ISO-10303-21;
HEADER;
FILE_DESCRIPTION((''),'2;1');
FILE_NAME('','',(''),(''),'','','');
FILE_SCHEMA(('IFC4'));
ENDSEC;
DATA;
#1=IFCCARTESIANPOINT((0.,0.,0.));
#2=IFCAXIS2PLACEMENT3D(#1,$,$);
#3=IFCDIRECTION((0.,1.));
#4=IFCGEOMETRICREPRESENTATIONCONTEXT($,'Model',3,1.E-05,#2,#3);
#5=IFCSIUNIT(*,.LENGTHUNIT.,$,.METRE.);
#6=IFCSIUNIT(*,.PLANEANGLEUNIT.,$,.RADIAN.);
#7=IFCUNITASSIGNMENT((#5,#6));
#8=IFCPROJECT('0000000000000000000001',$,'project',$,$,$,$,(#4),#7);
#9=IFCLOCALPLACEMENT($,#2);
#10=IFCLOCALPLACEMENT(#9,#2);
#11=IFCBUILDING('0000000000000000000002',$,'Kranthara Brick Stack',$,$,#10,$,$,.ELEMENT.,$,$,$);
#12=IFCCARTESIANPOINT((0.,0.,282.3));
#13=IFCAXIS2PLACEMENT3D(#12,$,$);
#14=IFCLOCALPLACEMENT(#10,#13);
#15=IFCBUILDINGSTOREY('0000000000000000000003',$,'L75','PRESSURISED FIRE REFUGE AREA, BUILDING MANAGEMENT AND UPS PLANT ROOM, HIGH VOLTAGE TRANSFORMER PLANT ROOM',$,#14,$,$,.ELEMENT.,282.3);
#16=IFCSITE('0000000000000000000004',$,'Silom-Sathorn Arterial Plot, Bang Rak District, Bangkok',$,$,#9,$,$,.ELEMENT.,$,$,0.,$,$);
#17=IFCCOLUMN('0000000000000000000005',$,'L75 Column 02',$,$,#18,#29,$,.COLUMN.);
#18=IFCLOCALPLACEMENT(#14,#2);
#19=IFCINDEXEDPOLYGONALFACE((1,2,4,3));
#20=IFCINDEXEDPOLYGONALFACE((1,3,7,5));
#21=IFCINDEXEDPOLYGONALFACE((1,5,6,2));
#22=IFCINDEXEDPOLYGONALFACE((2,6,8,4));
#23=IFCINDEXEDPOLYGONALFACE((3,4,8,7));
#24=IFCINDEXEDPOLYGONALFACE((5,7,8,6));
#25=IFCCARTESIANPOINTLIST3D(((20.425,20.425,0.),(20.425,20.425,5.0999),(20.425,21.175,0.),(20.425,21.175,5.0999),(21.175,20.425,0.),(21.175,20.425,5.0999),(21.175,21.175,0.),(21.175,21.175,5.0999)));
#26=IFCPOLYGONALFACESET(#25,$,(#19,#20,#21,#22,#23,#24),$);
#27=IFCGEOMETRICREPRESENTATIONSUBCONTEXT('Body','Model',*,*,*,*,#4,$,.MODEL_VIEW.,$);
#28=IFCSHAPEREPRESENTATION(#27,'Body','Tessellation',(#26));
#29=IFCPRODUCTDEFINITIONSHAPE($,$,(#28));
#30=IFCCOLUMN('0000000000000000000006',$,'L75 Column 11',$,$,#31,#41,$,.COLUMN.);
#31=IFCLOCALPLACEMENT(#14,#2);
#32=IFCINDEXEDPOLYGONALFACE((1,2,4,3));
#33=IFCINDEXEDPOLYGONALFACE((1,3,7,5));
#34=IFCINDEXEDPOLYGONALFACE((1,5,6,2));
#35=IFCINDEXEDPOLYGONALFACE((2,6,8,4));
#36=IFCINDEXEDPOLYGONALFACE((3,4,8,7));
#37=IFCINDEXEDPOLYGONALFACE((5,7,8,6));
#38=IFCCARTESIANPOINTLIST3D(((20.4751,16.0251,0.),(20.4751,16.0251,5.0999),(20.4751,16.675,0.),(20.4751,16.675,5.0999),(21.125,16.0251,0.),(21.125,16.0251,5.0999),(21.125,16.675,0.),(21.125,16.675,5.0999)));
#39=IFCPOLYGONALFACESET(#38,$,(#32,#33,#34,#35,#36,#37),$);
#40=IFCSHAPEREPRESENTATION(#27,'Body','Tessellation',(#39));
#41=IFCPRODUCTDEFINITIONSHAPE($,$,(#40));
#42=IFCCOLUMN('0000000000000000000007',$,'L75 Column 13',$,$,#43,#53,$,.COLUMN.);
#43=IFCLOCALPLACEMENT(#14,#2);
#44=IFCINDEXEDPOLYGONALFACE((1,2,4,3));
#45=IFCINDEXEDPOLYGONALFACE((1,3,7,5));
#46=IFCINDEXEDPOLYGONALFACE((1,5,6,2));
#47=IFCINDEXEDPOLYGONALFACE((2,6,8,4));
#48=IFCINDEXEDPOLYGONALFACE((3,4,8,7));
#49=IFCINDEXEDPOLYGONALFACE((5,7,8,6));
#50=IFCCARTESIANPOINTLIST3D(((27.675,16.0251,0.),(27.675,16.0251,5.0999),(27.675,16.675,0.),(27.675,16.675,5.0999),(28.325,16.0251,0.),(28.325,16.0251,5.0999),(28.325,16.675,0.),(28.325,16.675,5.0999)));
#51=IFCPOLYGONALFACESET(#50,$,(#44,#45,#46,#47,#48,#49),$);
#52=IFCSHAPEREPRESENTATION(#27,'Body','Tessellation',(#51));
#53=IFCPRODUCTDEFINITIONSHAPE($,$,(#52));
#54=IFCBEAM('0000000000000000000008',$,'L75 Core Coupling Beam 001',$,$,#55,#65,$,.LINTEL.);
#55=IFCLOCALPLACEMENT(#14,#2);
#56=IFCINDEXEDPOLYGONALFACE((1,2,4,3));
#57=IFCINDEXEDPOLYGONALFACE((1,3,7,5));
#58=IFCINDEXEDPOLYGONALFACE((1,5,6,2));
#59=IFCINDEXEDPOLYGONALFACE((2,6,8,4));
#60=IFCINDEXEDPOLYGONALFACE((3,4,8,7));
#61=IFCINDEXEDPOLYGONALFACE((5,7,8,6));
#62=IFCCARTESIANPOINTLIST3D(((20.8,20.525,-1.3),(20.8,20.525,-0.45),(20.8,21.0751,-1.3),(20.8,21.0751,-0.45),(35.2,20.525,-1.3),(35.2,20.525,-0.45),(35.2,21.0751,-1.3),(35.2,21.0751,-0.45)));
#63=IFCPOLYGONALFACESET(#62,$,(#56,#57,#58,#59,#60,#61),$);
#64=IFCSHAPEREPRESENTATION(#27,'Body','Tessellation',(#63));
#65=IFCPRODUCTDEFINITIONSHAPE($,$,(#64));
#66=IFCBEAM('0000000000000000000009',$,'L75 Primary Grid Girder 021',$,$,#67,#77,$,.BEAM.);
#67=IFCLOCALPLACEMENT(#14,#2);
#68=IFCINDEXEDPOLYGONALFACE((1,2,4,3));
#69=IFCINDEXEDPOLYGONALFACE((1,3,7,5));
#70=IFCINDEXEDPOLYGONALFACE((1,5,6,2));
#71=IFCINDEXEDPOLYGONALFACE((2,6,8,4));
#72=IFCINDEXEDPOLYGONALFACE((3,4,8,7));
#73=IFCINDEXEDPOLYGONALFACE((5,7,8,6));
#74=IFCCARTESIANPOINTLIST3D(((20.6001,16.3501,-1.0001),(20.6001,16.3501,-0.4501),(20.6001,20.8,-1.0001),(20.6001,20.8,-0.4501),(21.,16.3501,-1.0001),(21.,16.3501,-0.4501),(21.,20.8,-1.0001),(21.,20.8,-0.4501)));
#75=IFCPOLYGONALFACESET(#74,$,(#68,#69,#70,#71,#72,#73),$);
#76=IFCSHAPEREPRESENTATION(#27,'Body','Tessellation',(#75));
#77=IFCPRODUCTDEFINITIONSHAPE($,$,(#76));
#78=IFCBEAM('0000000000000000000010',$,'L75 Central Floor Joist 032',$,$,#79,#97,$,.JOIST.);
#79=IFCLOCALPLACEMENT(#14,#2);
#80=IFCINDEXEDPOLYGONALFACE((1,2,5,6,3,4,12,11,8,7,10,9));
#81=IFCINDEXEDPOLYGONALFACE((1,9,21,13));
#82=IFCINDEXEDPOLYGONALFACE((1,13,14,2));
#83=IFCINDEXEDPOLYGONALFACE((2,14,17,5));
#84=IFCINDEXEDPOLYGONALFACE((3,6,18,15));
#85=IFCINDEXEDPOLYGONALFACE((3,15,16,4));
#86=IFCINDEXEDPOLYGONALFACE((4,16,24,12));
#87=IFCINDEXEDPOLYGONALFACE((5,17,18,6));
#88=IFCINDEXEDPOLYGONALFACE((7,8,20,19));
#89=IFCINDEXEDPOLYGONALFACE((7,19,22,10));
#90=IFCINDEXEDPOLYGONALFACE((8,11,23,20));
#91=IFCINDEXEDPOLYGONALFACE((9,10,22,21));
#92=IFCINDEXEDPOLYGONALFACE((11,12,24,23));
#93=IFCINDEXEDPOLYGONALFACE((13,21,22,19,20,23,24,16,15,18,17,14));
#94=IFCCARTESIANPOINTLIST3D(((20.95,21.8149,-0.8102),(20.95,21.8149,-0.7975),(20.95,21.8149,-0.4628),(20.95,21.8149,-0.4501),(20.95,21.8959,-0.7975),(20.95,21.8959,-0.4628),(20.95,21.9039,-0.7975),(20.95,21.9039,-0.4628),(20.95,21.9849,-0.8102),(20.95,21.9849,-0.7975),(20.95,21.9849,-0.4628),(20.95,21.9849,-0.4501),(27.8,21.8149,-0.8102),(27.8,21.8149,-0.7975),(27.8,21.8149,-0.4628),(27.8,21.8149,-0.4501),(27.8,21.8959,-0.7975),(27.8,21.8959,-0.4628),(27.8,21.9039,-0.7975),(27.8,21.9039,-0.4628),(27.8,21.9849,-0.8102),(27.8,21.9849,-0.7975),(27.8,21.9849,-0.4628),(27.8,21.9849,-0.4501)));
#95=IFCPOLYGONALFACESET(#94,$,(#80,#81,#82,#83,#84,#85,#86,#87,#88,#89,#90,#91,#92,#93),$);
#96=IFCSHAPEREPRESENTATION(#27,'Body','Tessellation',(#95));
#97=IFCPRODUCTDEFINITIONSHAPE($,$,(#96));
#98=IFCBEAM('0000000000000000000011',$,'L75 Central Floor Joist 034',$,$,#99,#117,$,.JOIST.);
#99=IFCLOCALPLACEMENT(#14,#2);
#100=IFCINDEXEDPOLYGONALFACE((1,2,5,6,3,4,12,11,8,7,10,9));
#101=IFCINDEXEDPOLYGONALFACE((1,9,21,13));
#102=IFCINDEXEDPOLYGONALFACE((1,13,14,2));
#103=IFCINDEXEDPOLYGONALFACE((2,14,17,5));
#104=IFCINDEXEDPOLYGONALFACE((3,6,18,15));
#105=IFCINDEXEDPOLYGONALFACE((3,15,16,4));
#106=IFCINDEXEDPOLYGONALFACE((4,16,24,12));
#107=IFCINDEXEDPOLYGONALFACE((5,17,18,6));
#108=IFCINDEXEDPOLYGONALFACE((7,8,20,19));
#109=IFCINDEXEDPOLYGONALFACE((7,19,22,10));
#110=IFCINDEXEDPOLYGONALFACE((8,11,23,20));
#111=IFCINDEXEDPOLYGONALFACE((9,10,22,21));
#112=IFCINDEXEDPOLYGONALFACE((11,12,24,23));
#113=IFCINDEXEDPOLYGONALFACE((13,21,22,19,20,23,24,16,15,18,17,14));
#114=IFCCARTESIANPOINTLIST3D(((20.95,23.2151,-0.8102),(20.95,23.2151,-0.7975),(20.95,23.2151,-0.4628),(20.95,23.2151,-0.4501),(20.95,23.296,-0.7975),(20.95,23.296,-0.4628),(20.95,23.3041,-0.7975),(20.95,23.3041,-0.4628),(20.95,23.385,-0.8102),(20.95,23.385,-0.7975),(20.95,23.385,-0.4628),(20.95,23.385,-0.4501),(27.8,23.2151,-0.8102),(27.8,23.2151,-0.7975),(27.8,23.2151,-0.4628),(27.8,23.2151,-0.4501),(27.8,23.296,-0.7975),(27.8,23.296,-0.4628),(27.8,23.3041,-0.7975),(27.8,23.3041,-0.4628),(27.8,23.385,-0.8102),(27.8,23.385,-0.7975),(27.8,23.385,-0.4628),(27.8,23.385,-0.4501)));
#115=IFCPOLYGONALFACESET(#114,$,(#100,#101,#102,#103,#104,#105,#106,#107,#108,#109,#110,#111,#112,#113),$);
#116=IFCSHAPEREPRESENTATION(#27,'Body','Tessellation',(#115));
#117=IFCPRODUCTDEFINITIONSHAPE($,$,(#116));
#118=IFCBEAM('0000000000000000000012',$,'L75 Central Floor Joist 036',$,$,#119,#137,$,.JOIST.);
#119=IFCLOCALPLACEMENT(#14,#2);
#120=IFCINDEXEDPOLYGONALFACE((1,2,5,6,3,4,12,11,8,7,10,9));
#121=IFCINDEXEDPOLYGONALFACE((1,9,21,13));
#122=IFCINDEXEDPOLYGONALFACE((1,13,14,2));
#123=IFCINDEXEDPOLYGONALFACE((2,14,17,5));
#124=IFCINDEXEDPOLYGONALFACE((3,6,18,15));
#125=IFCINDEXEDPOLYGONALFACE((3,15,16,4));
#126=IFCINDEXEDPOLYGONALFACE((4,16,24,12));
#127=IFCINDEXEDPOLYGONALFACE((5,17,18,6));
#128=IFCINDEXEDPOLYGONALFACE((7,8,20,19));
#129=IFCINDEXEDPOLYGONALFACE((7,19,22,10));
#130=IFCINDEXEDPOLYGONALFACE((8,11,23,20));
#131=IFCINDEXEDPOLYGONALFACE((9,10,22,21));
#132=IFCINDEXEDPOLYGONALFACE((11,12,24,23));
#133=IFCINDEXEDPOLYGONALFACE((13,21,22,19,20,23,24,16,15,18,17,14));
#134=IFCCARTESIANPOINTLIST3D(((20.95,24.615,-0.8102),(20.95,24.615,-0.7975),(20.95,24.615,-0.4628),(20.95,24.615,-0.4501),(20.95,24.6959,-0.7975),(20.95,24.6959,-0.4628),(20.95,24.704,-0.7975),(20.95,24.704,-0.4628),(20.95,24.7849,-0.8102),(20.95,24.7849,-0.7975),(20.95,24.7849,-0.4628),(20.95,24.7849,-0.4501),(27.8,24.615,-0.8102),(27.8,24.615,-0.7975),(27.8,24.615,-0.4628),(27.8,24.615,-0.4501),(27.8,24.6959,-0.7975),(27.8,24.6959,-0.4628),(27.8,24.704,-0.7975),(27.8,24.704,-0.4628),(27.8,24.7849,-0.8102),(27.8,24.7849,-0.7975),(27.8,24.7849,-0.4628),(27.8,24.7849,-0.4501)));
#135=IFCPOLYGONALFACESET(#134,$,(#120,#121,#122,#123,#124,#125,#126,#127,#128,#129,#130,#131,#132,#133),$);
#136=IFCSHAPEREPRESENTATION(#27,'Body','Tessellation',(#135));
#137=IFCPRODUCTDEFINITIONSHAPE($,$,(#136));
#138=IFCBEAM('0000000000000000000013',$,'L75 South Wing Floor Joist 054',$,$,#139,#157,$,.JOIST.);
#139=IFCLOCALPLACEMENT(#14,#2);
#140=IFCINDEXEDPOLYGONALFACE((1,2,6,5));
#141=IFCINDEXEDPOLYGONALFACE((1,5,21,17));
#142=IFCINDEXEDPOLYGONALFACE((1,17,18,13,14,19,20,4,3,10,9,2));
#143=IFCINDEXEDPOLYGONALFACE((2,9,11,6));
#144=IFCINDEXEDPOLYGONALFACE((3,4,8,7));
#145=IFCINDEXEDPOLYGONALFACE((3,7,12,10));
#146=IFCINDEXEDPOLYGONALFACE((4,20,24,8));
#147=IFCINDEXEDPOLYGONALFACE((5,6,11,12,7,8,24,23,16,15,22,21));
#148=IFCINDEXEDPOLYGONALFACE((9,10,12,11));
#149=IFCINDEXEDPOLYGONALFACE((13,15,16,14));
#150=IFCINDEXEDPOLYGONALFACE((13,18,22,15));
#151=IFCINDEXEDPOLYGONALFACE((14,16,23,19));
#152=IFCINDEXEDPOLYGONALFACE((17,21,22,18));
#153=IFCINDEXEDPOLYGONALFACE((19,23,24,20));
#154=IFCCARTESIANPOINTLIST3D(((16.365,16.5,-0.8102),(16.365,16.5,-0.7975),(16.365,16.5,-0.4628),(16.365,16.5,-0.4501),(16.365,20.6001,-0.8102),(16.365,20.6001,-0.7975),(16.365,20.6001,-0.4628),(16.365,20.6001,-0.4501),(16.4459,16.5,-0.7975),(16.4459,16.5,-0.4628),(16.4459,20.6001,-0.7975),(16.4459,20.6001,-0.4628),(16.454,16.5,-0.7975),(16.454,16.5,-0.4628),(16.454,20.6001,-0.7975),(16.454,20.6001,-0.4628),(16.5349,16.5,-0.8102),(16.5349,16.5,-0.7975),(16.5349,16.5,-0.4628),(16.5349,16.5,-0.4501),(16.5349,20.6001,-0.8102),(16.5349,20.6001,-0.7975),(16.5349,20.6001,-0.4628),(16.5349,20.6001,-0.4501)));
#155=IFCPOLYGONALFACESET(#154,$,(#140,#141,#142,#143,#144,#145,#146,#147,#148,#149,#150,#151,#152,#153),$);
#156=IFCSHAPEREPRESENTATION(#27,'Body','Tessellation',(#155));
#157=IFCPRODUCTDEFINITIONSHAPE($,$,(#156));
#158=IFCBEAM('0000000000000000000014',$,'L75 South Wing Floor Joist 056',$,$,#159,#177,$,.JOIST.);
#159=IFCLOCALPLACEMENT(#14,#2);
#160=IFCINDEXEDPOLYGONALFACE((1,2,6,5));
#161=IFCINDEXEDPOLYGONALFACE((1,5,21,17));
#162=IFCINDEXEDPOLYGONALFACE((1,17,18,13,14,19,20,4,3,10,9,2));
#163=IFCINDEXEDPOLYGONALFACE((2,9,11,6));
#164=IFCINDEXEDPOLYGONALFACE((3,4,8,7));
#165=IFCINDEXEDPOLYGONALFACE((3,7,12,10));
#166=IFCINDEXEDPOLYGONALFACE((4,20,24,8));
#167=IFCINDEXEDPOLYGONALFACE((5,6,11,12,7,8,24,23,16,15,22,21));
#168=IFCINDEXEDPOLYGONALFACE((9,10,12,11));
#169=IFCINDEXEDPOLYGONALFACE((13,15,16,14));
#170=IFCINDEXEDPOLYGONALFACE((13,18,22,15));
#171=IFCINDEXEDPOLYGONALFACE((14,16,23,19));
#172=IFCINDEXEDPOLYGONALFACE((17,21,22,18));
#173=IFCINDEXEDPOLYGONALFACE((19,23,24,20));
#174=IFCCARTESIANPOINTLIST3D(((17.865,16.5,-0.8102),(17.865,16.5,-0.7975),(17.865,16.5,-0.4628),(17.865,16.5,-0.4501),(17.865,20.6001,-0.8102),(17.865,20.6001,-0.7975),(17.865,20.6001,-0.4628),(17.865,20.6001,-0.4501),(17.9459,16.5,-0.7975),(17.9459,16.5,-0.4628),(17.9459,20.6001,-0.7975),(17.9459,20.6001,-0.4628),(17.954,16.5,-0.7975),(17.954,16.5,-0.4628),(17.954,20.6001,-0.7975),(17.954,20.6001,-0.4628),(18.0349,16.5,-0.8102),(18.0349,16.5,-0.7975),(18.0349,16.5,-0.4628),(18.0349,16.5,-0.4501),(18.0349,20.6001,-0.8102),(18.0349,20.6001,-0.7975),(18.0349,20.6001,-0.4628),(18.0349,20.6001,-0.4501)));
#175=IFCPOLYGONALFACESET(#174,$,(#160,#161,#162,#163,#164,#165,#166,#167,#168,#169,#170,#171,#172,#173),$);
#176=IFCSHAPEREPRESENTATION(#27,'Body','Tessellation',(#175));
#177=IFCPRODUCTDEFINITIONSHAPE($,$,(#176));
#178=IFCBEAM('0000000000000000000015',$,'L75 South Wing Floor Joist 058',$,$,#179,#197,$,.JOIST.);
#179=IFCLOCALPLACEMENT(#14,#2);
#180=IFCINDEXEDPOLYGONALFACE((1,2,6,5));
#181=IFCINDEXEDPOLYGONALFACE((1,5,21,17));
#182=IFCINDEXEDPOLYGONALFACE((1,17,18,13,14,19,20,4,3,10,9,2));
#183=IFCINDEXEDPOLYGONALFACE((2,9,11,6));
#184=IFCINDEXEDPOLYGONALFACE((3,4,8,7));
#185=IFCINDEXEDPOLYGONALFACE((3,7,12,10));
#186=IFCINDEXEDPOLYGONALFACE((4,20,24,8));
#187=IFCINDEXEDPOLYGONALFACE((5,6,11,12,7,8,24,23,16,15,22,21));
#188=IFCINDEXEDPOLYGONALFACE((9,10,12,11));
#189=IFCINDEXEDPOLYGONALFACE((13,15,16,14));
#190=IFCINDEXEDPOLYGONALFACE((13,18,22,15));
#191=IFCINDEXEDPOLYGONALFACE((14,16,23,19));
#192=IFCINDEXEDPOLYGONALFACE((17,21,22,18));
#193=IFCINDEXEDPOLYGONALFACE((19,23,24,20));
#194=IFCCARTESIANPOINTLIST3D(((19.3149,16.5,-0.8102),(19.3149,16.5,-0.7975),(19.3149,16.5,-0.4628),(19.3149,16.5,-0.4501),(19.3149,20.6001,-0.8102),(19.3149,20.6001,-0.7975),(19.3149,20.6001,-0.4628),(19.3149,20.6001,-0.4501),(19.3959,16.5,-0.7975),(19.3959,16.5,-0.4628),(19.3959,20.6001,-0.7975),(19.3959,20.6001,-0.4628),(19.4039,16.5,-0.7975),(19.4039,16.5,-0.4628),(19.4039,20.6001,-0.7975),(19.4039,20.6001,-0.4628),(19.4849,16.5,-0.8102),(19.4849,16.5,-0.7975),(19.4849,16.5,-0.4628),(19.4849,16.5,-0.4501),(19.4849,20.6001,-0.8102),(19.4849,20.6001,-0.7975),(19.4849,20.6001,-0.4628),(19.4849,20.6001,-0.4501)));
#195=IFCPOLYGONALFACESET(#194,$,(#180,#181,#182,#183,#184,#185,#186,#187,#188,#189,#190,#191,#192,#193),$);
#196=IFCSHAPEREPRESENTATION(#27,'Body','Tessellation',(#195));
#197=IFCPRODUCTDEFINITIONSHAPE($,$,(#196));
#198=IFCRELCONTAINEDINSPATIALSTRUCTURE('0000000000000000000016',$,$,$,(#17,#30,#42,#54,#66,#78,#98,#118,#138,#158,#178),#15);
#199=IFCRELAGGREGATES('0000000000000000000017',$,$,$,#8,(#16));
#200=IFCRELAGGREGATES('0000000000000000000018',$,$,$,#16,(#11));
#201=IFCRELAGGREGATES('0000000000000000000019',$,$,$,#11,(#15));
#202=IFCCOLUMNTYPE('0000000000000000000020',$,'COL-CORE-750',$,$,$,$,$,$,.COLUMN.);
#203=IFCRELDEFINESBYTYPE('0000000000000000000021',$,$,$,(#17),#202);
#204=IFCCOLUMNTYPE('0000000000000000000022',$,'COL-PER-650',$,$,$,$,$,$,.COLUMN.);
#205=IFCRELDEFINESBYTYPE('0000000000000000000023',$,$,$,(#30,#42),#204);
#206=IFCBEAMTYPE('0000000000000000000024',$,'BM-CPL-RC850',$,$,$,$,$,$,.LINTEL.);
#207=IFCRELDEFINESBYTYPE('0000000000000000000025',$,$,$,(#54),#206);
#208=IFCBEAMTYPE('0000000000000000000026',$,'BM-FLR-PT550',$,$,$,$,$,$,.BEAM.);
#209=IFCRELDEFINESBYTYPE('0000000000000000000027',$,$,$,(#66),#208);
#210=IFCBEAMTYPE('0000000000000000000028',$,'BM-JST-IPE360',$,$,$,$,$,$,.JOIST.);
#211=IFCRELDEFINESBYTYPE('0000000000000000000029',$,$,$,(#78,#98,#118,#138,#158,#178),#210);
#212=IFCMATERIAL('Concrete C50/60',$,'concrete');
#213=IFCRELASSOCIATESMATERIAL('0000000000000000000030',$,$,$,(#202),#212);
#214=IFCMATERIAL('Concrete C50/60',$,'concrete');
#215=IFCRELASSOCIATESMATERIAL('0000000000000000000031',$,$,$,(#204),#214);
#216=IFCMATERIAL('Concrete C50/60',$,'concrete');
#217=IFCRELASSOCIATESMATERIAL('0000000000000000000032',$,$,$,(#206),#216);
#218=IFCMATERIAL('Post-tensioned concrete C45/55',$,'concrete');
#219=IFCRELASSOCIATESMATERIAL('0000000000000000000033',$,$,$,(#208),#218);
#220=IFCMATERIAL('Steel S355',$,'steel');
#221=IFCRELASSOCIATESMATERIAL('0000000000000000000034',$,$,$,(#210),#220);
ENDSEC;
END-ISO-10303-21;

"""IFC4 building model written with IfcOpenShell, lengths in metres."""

from ifc_helpers import new_model, si_unit, direction, frame, origin, origin_2d, place, context, subcontext, project, spatial, rectangle, i_section, extrude, material, material_profile, profile_set, type_object, element, save


model = new_model("IFC4")

# Units and contexts
model_context = context("Model", 3, precision=1e-05, world=origin(), true_north=direction((0.0, 1.0)))
body_context = subcontext(model_context, "Body", "Model", "MODEL_VIEW")
ifc_project = project(units=[si_unit("LENGTHUNIT", "METRE"), si_unit("PLANEANGLEUNIT", "RADIAN")], contexts=[model_context])

# Site, building, storey
site_placement = place(None, origin())
site = spatial("IfcSite", under=ifc_project, at=site_placement, Name="Silom-Sathorn Arterial Plot, Bang Rak District, Bangkok", CompositionType="ELEMENT", RefElevation=0.0)
building_placement = place(site_placement, origin())
building = spatial("IfcBuilding", under=site, at=building_placement, Name="Kranthara Brick Stack", CompositionType="ELEMENT")
storey_placement = place(building_placement, frame((0.0, 0.0, 282.3)))
storey = spatial("IfcBuildingStorey", under=building, at=storey_placement, Name="L75", Description="PRESSURISED FIRE REFUGE AREA, BUILDING MANAGEMENT AND UPS PLANT ROOM, HIGH VOLTAGE TRANSFORMER PLANT ROOM", CompositionType="ELEMENT", Elevation=282.3)

# Columns
ifc_material_1 = material(Name="Concrete C50/60", Category="concrete")
ifc_material_profile_1 = material_profile(ifc_material_1, rectangle(XDim=0.75, YDim=0.75, at=origin_2d()), Name="RC 750x750")
ifc_profile_set_1 = profile_set([ifc_material_profile_1], Name="Concrete C50/60")
column_type_1 = type_object("IfcColumnType", Name="COL-CORE-750", PredefinedType="COLUMN", material=ifc_profile_set_1)
column_placement = place(storey_placement, frame((20.8, 20.8, 0.0), z_axis=(0.0, 0.0, 1.0), x_axis=(1.0, 0.0, 0.0)))
element("IfcColumn", 1, at=column_placement, inside=storey, type_object=column_type_1, Name="L75 Column 02", PredefinedType="COLUMN", context=body_context, shape_type="SweptSolid", body=[
    extrude(rectangle(XDim=0.75, YDim=0.75, at=origin_2d()), origin(), (0.0, 0.0, 1.0), 5.0999),
])
ifc_material_2 = material(Name="Concrete C50/60", Category="concrete")
ifc_material_profile_2 = material_profile(ifc_material_2, rectangle(XDim=0.6499, YDim=0.6499, at=origin_2d()), Name="RC 650x650")
ifc_profile_set_2 = profile_set([ifc_material_profile_2], Name="Concrete C50/60")
column_type_2 = type_object("IfcColumnType", Name="COL-PER-650", PredefinedType="COLUMN", material=ifc_profile_set_2)
for number, where, z_axis, x_axis, name in (
    (2, (20.8, 16.3501, 0.0), (0.0, 0.0, 1.0), (1.0, 0.0, 0.0), "L75 Column 11"),
    (3, (28.0, 16.3501, 0.0), (0.0, 0.0, 1.0), (1.0, 0.0, 0.0), "L75 Column 13"),
):
    element("IfcColumn", number, at=place(storey_placement, frame(where, z_axis=z_axis, x_axis=x_axis)), inside=storey, type_object=column_type_2, Name=name, PredefinedType="COLUMN", context=body_context, shape_type="SweptSolid", body=[
        extrude(rectangle(XDim=0.6499, YDim=0.6499, at=origin_2d()), origin(), (0.0, 0.0, 1.0), 5.0999),
    ])

# Beams
ifc_material_3 = material(Name="Concrete C50/60", Category="concrete")
ifc_material_profile_3 = material_profile(ifc_material_3, rectangle(XDim=0.55, YDim=0.8501, at=origin_2d()), Name="RC 550x850")
ifc_profile_set_3 = profile_set([ifc_material_profile_3], Name="Concrete C50/60")
beam_type_1 = type_object("IfcBeamType", Name="BM-CPL-RC850", PredefinedType="LINTEL", material=ifc_profile_set_3)
beam_1_placement = place(storey_placement, frame((20.8, 20.8, -0.875), z_axis=(1.0, 0.0, 0.0), x_axis=(0.0, 1.0, 0.0)))
element("IfcBeam", 4, at=beam_1_placement, inside=storey, type_object=beam_type_1, Name="L75 Core Coupling Beam 001", PredefinedType="LINTEL", context=body_context, shape_type="SweptSolid", body=[
    extrude(rectangle(XDim=0.55, YDim=0.8501, at=origin_2d()), origin(), (0.0, 0.0, 1.0), 14.3999),
])
ifc_material_4 = material(Name="Post-tensioned concrete C45/55", Category="concrete")
ifc_material_profile_4 = material_profile(ifc_material_4, rectangle(XDim=0.3999, YDim=0.55, at=origin_2d()), Name="PT 400x550")
ifc_profile_set_4 = profile_set([ifc_material_profile_4], Name="Post-tensioned concrete C45/55")
beam_type_2 = type_object("IfcBeamType", Name="BM-FLR-PT550", PredefinedType="BEAM", material=ifc_profile_set_4)
beam_2_placement = place(storey_placement, frame((20.8, 16.3501, -0.7251), z_axis=(0.0, 1.0, 0.0), x_axis=(-1.0, 0.0, 0.0)))
element("IfcBeam", 5, at=beam_2_placement, inside=storey, type_object=beam_type_2, Name="L75 Primary Grid Girder 021", PredefinedType="BEAM", context=body_context, shape_type="SweptSolid", body=[
    extrude(rectangle(XDim=0.3999, YDim=0.55, at=origin_2d()), origin(), (0.0, 0.0, 1.0), 4.45),
])
ifc_material_5 = material(Name="Steel S355", Category="steel")
ifc_material_profile_5 = material_profile(ifc_material_5, i_section(OverallWidth=0.1699, OverallDepth=0.3601, WebThickness=0.0081, FlangeThickness=0.0127, at=origin_2d()), Name="IPE 360")
ifc_profile_set_5 = profile_set([ifc_material_profile_5], Name="Steel S355")
beam_type_3 = type_object("IfcBeamType", Name="BM-JST-IPE360", PredefinedType="JOIST", material=ifc_profile_set_5)
for number, where, z_axis, x_axis, name in (
    (6, (20.95, 21.8999, -0.6301), (1.0, 0.0, 0.0), (0.0, 1.0, 0.0), "L75 Central Floor Joist 032"),
    (7, (20.95, 23.3, -0.6301), (1.0, 0.0, 0.0), (0.0, 1.0, 0.0), "L75 Central Floor Joist 034"),
    (8, (20.95, 24.7, -0.6301), (1.0, 0.0, 0.0), (0.0, 1.0, 0.0), "L75 Central Floor Joist 036"),
):
    element("IfcBeam", number, at=place(storey_placement, frame(where, z_axis=z_axis, x_axis=x_axis)), inside=storey, type_object=beam_type_3, Name=name, PredefinedType="JOIST", context=body_context, shape_type="SweptSolid", body=[
        extrude(i_section(OverallWidth=0.1699, OverallDepth=0.3601, WebThickness=0.0081, FlangeThickness=0.0127, at=origin_2d()), origin(), (0.0, 0.0, 1.0), 6.8501),
    ])
for number, where, z_axis, x_axis, name in (
    (9, (16.45, 16.5, -0.6301), (0.0, 1.0, 0.0), (-1.0, 0.0, 0.0), "L75 South Wing Floor Joist 054"),
    (10, (17.95, 16.5, -0.6301), (0.0, 1.0, 0.0), (-1.0, 0.0, 0.0), "L75 South Wing Floor Joist 056"),
    (11, (19.3999, 16.5, -0.6301), (0.0, 1.0, 0.0), (-1.0, 0.0, 0.0), "L75 South Wing Floor Joist 058"),
):
    element("IfcBeam", number, at=place(storey_placement, frame(where, z_axis=z_axis, x_axis=x_axis)), inside=storey, type_object=beam_type_3, Name=name, PredefinedType="JOIST", context=body_context, shape_type="SweptSolid", body=[
        extrude(i_section(OverallWidth=0.1699, OverallDepth=0.3601, WebThickness=0.0081, FlangeThickness=0.0127, at=origin_2d()), origin(), (0.0, 0.0, 1.0), 4.1001),
    ])

save(model, "model.ifc")
